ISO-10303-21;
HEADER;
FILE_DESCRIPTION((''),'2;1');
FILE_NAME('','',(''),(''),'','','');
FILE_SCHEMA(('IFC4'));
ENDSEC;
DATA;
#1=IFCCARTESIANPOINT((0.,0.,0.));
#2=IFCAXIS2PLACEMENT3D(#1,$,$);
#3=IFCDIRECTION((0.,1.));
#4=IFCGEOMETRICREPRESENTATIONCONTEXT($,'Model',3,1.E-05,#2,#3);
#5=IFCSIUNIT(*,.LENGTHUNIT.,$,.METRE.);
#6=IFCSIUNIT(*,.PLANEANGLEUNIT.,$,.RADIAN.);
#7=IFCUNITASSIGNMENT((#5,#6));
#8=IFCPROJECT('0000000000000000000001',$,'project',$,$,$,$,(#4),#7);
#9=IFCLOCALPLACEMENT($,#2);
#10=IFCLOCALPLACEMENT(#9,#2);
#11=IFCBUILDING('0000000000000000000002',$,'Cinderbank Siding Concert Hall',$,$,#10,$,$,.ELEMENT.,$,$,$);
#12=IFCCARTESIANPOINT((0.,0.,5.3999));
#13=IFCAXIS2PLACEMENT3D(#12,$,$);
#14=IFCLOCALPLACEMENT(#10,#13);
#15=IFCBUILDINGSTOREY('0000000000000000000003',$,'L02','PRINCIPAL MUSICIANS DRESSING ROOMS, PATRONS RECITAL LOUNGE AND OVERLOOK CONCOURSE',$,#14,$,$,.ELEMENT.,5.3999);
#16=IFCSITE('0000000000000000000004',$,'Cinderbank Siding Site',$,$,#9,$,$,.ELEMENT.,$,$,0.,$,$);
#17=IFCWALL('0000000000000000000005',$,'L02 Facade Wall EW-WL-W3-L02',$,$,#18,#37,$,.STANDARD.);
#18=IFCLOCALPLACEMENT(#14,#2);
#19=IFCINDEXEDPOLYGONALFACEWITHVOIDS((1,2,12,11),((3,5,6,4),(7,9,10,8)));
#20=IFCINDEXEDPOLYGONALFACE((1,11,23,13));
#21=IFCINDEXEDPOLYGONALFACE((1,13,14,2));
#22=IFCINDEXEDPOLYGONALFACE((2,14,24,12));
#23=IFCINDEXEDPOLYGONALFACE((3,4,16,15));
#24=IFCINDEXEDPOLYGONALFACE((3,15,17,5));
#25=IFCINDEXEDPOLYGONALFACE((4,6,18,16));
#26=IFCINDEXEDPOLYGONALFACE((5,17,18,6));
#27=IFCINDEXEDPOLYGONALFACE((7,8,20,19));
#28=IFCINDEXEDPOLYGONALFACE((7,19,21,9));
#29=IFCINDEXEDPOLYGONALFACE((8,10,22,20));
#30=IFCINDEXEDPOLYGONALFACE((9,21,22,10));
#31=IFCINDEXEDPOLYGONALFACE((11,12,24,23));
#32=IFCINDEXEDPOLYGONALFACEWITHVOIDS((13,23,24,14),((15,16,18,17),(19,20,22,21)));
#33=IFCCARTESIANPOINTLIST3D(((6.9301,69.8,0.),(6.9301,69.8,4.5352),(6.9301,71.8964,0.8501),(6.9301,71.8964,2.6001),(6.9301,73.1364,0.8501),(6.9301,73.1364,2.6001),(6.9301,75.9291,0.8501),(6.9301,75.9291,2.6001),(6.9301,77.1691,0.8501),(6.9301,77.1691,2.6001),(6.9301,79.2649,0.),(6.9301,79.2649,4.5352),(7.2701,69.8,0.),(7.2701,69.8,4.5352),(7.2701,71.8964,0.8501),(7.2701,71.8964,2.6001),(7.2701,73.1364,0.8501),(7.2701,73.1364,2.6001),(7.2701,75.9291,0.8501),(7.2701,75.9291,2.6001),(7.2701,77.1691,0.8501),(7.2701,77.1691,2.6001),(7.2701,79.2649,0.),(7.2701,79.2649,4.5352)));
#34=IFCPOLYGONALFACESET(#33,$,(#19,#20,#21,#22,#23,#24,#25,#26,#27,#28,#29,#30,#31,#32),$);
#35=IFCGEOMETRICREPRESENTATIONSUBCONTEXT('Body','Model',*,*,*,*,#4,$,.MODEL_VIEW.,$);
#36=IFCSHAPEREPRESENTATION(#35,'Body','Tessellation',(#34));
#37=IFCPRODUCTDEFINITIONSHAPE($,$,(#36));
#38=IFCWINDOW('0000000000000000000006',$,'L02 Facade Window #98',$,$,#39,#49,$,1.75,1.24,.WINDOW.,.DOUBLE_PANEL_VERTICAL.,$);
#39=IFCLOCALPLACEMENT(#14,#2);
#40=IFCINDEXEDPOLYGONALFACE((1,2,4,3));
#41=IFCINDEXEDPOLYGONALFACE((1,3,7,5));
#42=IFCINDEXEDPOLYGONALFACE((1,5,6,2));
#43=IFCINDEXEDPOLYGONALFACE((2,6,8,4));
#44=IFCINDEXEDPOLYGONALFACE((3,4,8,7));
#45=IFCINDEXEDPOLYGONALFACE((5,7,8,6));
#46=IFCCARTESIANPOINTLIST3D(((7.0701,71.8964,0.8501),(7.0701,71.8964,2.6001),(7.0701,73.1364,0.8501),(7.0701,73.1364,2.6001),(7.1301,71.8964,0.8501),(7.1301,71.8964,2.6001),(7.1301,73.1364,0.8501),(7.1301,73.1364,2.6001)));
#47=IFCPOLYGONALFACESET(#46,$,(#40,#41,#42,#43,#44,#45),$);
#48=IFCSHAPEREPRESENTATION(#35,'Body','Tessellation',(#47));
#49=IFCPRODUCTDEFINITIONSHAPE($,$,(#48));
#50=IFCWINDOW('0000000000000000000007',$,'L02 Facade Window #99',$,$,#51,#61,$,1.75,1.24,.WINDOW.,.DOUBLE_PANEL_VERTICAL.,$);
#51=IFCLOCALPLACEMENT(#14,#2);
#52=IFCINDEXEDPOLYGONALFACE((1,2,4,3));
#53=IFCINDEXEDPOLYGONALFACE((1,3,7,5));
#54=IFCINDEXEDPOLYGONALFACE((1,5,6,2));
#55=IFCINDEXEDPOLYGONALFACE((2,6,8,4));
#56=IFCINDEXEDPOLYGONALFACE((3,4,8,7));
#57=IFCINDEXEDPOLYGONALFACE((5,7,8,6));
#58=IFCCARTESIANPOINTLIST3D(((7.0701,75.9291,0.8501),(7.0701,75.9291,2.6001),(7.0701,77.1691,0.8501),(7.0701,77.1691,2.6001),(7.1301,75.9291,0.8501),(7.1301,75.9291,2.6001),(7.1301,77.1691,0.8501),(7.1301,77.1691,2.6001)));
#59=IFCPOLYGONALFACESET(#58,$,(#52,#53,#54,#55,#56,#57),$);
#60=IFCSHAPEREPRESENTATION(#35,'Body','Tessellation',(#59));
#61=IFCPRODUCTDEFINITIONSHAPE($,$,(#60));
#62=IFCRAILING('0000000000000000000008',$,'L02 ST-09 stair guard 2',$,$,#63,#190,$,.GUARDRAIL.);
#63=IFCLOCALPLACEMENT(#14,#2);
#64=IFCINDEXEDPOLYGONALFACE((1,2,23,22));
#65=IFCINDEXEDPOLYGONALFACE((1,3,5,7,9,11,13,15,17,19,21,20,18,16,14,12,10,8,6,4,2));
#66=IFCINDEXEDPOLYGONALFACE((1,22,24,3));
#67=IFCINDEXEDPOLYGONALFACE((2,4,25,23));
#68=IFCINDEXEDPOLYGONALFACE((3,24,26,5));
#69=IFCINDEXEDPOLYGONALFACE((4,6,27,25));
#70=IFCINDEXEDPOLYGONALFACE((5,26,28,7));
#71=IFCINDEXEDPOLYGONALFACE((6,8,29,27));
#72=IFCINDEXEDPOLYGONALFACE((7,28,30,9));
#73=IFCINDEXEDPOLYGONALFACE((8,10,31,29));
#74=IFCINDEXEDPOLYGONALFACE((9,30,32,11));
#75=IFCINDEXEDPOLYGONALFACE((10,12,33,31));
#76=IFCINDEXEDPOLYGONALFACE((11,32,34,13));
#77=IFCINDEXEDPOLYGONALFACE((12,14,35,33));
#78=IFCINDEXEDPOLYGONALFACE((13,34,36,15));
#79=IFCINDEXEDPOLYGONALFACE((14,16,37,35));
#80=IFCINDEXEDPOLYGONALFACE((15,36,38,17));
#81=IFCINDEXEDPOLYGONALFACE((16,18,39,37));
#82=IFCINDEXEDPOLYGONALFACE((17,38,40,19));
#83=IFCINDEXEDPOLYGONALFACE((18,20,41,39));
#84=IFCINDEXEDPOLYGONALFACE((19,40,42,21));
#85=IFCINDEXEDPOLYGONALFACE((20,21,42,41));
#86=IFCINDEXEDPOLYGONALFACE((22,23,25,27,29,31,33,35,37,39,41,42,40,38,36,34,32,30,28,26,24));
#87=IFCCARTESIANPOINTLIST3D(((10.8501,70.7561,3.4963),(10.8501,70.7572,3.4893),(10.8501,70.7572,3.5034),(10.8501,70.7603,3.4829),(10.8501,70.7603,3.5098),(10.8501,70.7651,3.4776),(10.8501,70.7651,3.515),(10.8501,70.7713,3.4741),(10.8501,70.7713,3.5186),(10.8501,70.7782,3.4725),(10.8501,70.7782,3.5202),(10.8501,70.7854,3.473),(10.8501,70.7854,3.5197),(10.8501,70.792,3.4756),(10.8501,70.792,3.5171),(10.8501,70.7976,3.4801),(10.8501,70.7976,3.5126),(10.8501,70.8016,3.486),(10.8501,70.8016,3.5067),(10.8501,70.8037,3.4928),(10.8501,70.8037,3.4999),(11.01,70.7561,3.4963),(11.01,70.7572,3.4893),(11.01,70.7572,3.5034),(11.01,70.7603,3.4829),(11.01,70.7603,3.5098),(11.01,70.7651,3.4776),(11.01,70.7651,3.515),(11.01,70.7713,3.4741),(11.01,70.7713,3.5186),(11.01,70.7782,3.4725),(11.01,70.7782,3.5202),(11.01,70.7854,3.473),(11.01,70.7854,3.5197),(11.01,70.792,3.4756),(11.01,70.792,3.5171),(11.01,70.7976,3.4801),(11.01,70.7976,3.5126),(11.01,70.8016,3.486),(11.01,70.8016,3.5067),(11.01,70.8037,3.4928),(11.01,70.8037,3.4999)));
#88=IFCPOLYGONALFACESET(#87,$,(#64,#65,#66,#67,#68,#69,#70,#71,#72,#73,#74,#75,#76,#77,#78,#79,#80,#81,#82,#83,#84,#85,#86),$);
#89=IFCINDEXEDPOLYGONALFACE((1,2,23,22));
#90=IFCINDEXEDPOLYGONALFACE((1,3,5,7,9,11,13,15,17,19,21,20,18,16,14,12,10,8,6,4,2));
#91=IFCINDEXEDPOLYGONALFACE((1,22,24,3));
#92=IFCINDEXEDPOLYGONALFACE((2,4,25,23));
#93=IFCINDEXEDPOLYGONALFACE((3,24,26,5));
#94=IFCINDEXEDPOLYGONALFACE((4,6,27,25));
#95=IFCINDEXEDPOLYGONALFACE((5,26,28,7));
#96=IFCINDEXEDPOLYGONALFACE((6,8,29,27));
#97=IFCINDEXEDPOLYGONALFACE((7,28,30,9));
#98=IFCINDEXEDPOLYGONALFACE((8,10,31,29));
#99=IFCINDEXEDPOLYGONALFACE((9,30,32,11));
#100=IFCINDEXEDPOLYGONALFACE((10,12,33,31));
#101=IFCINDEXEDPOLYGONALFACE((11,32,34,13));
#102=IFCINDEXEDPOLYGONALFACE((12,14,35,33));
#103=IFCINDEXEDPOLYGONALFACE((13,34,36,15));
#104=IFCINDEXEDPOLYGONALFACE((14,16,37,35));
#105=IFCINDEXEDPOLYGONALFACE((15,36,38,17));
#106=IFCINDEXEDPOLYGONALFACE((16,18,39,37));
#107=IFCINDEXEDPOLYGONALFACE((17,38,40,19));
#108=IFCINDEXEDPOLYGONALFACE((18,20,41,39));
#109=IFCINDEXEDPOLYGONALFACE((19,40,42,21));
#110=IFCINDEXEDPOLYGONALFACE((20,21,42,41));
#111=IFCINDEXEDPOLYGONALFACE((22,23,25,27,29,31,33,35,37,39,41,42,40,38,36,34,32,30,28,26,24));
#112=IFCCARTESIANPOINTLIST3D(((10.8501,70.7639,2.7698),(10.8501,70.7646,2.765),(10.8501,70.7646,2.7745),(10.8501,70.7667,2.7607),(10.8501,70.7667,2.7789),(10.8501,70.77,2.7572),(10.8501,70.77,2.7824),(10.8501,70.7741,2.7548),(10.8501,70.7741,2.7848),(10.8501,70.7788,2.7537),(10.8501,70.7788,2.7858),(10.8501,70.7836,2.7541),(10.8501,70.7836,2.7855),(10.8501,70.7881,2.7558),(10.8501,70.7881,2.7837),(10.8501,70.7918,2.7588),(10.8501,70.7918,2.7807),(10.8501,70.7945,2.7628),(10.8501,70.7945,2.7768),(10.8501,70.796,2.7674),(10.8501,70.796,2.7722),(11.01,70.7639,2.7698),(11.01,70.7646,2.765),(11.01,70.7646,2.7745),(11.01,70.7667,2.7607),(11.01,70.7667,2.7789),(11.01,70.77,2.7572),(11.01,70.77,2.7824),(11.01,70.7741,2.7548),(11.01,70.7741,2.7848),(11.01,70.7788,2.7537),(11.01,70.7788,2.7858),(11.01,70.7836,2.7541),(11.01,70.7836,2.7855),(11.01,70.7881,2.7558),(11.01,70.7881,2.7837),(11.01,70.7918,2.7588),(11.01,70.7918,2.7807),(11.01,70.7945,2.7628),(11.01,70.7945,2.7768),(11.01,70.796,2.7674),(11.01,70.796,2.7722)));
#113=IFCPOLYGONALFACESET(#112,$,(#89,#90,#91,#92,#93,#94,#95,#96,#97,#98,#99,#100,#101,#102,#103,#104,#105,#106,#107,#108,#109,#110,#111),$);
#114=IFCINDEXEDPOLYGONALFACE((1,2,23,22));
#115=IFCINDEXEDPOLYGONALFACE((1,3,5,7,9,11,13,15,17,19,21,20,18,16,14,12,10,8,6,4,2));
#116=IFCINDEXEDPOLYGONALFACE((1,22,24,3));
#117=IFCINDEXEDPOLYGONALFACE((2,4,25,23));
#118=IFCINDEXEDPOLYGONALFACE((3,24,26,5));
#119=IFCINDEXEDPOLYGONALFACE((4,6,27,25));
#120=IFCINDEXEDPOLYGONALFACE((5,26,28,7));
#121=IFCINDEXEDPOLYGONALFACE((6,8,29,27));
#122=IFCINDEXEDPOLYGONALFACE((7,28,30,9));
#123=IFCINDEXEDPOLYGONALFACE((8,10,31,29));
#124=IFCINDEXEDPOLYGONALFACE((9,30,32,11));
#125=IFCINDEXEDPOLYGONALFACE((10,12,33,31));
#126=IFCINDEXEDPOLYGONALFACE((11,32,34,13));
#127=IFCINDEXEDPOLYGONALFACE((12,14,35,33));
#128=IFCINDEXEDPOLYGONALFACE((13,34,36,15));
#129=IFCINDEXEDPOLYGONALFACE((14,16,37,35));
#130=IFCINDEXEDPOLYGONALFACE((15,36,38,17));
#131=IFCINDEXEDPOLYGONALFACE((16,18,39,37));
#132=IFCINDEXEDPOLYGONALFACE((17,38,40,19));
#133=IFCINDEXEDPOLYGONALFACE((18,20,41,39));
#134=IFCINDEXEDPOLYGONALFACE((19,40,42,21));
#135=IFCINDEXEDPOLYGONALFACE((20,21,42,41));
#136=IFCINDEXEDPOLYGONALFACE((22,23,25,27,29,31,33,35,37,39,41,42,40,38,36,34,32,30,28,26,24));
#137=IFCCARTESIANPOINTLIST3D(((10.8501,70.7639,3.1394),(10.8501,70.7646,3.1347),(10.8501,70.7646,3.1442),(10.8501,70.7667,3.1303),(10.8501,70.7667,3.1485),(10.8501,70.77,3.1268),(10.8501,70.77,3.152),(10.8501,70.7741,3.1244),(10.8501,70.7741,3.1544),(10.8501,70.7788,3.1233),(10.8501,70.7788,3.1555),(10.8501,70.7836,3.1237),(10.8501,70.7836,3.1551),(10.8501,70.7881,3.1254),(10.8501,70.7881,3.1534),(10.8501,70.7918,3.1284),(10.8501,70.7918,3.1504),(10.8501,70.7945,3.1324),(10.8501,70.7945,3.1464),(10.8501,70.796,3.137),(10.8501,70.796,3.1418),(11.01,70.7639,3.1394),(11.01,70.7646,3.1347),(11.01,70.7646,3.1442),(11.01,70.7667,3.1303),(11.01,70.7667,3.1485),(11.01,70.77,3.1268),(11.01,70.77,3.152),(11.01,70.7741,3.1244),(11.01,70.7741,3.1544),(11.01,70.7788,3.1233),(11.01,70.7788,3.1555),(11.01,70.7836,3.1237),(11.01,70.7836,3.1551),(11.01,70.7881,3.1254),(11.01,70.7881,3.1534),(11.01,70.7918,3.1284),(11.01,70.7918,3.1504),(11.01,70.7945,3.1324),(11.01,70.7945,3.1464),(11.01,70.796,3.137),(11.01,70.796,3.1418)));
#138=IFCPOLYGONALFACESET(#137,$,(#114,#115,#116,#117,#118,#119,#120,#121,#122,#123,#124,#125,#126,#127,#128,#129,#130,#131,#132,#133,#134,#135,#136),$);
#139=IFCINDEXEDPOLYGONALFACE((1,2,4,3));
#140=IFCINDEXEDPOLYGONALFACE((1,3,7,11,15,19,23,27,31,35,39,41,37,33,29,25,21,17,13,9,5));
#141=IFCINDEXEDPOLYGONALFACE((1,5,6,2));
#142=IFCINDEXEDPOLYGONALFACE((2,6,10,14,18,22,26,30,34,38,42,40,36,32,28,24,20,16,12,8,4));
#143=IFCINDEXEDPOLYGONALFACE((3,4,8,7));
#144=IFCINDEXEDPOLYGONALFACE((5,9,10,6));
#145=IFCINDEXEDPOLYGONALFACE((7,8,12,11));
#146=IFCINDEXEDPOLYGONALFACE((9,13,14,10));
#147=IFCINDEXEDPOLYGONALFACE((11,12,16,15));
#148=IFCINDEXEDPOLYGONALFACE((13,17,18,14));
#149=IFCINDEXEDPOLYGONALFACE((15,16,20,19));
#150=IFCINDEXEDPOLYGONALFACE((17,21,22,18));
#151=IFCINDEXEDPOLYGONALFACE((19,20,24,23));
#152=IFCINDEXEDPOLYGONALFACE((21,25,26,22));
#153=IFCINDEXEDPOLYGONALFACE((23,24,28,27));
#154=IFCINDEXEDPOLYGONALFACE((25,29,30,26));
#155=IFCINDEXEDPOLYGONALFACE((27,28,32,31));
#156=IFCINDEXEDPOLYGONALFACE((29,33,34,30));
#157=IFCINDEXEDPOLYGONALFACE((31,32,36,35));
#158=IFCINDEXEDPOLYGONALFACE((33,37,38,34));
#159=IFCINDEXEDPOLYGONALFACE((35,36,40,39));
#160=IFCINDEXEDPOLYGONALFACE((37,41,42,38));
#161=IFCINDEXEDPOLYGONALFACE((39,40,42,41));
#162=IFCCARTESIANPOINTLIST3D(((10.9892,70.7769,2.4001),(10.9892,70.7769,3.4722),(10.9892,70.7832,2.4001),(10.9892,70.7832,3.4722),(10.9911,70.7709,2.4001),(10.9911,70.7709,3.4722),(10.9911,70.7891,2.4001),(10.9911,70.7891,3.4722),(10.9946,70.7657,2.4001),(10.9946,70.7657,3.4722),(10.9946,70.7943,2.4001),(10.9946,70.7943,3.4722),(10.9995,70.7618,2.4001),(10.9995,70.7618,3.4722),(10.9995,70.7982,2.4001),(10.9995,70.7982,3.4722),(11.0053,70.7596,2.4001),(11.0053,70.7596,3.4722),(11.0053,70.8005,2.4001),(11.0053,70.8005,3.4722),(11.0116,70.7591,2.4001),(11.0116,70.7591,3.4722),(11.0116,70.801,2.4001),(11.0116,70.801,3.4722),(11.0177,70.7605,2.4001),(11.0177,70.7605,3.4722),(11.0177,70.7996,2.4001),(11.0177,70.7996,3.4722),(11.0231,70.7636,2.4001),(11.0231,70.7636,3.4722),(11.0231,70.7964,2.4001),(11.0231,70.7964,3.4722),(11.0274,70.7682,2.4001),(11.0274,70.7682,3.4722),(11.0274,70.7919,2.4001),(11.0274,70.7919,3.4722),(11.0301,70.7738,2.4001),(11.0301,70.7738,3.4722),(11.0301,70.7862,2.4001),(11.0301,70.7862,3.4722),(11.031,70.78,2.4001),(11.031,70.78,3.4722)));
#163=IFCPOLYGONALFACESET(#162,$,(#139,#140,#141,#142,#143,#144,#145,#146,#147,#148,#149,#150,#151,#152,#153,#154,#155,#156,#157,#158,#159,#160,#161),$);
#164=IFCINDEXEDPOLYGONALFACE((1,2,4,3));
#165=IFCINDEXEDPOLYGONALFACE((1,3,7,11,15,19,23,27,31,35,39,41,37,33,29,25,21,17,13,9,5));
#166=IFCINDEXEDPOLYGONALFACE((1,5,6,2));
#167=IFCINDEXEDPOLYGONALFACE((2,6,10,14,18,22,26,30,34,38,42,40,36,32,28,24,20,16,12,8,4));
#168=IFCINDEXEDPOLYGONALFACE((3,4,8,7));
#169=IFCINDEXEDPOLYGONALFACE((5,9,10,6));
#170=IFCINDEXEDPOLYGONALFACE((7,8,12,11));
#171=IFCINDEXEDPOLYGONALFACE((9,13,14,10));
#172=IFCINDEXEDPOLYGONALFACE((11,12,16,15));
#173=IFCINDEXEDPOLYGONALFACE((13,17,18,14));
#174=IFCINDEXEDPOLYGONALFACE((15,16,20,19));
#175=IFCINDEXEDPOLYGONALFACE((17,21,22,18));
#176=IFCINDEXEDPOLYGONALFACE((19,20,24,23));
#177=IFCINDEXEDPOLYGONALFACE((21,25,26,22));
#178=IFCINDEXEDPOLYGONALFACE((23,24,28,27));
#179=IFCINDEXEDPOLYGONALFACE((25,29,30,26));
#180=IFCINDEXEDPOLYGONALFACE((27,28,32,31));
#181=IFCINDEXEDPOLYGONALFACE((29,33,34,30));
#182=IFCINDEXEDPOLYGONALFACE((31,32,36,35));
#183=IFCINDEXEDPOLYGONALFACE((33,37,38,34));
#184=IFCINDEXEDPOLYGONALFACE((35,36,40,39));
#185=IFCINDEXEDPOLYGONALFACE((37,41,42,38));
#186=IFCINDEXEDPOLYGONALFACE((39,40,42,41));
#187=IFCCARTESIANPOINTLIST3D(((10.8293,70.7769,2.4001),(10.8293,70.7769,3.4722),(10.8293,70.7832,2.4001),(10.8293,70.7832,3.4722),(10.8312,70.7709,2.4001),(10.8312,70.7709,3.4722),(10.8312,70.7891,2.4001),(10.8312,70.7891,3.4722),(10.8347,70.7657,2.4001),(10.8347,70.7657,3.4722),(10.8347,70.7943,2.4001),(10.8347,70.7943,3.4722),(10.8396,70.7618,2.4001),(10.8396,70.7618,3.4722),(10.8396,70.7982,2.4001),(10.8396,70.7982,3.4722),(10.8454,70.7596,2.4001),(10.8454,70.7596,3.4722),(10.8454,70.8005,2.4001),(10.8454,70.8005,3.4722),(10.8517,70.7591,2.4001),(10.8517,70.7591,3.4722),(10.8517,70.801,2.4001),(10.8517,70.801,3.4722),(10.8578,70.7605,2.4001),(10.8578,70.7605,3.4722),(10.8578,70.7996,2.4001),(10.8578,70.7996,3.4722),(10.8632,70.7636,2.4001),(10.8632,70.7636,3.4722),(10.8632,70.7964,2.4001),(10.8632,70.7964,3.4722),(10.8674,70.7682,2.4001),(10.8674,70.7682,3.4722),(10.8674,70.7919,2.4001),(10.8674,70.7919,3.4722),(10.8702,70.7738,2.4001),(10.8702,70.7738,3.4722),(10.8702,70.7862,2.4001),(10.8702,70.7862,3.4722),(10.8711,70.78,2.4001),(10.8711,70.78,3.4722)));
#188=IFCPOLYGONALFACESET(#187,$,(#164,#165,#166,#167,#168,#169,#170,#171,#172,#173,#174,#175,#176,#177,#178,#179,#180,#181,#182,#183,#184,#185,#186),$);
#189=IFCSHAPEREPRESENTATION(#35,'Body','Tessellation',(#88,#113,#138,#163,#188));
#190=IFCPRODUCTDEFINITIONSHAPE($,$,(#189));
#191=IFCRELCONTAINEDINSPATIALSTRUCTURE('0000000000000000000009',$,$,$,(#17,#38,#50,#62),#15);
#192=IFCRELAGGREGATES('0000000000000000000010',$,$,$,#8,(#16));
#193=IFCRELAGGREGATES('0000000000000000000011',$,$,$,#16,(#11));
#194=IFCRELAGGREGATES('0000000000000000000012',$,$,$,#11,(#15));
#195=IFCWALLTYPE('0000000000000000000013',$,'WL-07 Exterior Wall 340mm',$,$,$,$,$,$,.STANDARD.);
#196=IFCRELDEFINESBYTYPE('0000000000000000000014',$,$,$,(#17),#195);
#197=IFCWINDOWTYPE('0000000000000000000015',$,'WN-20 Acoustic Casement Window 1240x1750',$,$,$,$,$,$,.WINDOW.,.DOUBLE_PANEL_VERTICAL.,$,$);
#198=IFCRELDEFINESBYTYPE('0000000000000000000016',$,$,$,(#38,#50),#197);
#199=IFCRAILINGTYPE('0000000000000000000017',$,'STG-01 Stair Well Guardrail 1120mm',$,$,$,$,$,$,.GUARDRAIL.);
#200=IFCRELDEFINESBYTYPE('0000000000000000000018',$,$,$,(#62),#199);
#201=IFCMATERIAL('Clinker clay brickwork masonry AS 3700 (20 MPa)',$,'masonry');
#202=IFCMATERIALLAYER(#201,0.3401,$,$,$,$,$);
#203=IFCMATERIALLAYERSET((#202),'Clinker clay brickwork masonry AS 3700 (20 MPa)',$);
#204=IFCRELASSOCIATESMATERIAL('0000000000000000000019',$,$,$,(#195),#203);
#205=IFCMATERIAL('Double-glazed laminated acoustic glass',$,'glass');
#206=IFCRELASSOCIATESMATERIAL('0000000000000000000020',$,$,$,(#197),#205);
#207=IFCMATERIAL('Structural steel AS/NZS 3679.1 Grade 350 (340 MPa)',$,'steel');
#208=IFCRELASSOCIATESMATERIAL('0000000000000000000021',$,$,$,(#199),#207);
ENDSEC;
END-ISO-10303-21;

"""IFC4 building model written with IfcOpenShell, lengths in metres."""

from ifc_helpers import new_model, si_unit, direction, frame, frame_2d, origin, origin_2d, place, context, subcontext, project, spatial, rectangle, circle, extrude, material, layer, layer_set, type_object, element, fill, save


model = new_model("IFC4")

# Units and contexts
model_context = context("Model", 3, precision=1e-05, world=origin(), true_north=direction((0.0, 1.0)))
body_context = subcontext(model_context, "Body", "Model", "MODEL_VIEW")
ifc_project = project(units=[si_unit("LENGTHUNIT", "METRE"), si_unit("PLANEANGLEUNIT", "RADIAN")], contexts=[model_context])

# Site, building, storey
site_placement = place(None, origin())
site = spatial("IfcSite", under=ifc_project, at=site_placement, Name="Cinderbank Siding Site", CompositionType="ELEMENT", RefElevation=0.0)
building_placement = place(site_placement, origin())
building = spatial("IfcBuilding", under=site, at=building_placement, Name="Cinderbank Siding Concert Hall", CompositionType="ELEMENT")
storey_placement = place(building_placement, frame((0.0, 0.0, 5.3999)))
storey = spatial("IfcBuildingStorey", under=building, at=storey_placement, Name="L02", Description="PRINCIPAL MUSICIANS DRESSING ROOMS, PATRONS RECITAL LOUNGE AND OVERLOOK CONCOURSE", CompositionType="ELEMENT", Elevation=5.3999)

# Shared definitions
ifc_material_1 = material(Name="Structural steel AS/NZS 3679.1 Grade 350 (340 MPa)", Category="steel")

# Wall, openings, windows
ifc_material_2 = material(Name="Clinker clay brickwork masonry AS 3700 (20 MPa)", Category="masonry")
ifc_layer_1 = layer(ifc_material_2, 0.3401)
ifc_layer_set_1 = layer_set([ifc_layer_1], Name="Clinker clay brickwork masonry AS 3700 (20 MPa)")
wall_type_1 = type_object("IfcWallType", Name="WL-07 Exterior Wall 340mm", PredefinedType="STANDARD", material=ifc_layer_set_1)
ifc_material_3 = material(Name="Double-glazed laminated acoustic glass", Category="glass")
wall_1_placement = place(storey_placement, frame((7.1001, 69.8, 0.0), z_axis=(0.0, 0.0, 1.0), x_axis=(0.0, 1.0, 0.0)))
wall_1 = element("IfcWall", 1, at=wall_1_placement, inside=storey, type_object=wall_type_1, Name="L02 Facade Wall EW-WL-W3-L02", PredefinedType="STANDARD", context=body_context, shape_type="SweptSolid", body=[
    extrude(rectangle(XDim=9.4648, YDim=0.3401, at=frame_2d((4.7324, 0.0))), origin(), (0.0, 0.0, 1.0), 4.5352),
])
opening_1_placement = place(wall_1_placement, frame((2.0962, 0.0, 0.8501)))
opening_1 = element("IfcOpeningElement", 2, at=opening_1_placement, cuts=wall_1, PredefinedType="OPENING", context=body_context, shape_type="SweptSolid", body=[
    extrude(rectangle(XDim=1.24, YDim=1.75, at=frame_2d((0.6201, 0.875))), frame((0.0, 0.1821, 0.0), z_axis=(0.0, -1.0, 0.0), x_axis=(1.0, 0.0, 0.0)), (0.0, 0.0, 1.0), 0.364),
])
opening_2_placement = place(wall_1_placement, frame((6.1289, 0.0, 0.8501)))
opening_2 = element("IfcOpeningElement", 3, at=opening_2_placement, cuts=wall_1, PredefinedType="OPENING", context=body_context, shape_type="SweptSolid", body=[
    extrude(rectangle(XDim=1.24, YDim=1.75, at=frame_2d((0.6201, 0.875))), frame((0.0, 0.1821, 0.0), z_axis=(0.0, -1.0, 0.0), x_axis=(1.0, 0.0, 0.0)), (0.0, 0.0, 1.0), 0.364),
])
window_type_1 = type_object("IfcWindowType", Name="WN-20 Acoustic Casement Window 1240x1750", PartitioningType="DOUBLE_PANEL_VERTICAL", PredefinedType="WINDOW", material=ifc_material_3)
window_1_placement = place(opening_1_placement, origin())
window_1 = element("IfcWindow", 4, at=window_1_placement, inside=storey, type_object=window_type_1, Name="L02 Facade Window #98", OverallHeight=1.75, OverallWidth=1.24, PartitioningType="DOUBLE_PANEL_VERTICAL", PredefinedType="WINDOW", context=body_context, shape_type="SweptSolid", body=[
    extrude(rectangle(XDim=1.24, YDim=1.75, at=frame_2d((0.6201, 0.875))), frame((0.0, 0.03, 0.0), z_axis=(0.0, -1.0, 0.0), x_axis=(1.0, 0.0, 0.0)), (0.0, 0.0, 1.0), 0.0601),
])
fill(opening_1, window_1)
window_2_placement = place(opening_2_placement, origin())
window_2 = element("IfcWindow", 5, at=window_2_placement, inside=storey, type_object=window_type_1, Name="L02 Facade Window #99", OverallHeight=1.75, OverallWidth=1.24, PartitioningType="DOUBLE_PANEL_VERTICAL", PredefinedType="WINDOW", context=body_context, shape_type="SweptSolid", body=[
    extrude(rectangle(XDim=1.24, YDim=1.75, at=frame_2d((0.6201, 0.875))), frame((0.0, 0.03, 0.0), z_axis=(0.0, -1.0, 0.0), x_axis=(1.0, 0.0, 0.0)), (0.0, 0.0, 1.0), 0.0601),
])
fill(opening_2, window_2)

# Railing
railing_type_1 = type_object("IfcRailingType", Name="STG-01 Stair Well Guardrail 1120mm", PredefinedType="GUARDRAIL", material=ifc_material_1)
railing_1_placement = place(storey_placement, frame((11.01, 70.78, 2.4001)))
element("IfcRailing", 6, at=railing_1_placement, inside=storey, type_object=railing_type_1, Name="L02 ST-09 stair guard 2", PredefinedType="GUARDRAIL", context=body_context, shape_type="SweptSolid", body=[
    extrude(circle(Radius=0.0239, at=origin_2d()), frame((0.0, 0.0, 1.0962), z_axis=(-1.0, 0.0, 0.0), x_axis=(0.0, -1.0, 0.0)), (0.0, 0.0, 1.0), 0.1599),
    extrude(circle(Radius=0.0161, at=origin_2d()), frame((0.0, 0.0, 0.3696), z_axis=(-1.0, 0.0, 0.0), x_axis=(0.0, -1.0, 0.0)), (0.0, 0.0, 1.0), 0.1599),
    extrude(circle(Radius=0.0161, at=origin_2d()), frame((0.0, 0.0, 0.7393), z_axis=(-1.0, 0.0, 0.0), x_axis=(0.0, -1.0, 0.0)), (0.0, 0.0, 1.0), 0.1599),
    extrude(circle(Radius=0.021, at=origin_2d()), origin(), (0.0, 0.0, 1.0), 1.072),
    extrude(circle(Radius=0.021, at=origin_2d()), frame((-0.1599, 0.0, 0.0)), (0.0, 0.0, 1.0), 1.072),
])

save(model, "model.ifc")
